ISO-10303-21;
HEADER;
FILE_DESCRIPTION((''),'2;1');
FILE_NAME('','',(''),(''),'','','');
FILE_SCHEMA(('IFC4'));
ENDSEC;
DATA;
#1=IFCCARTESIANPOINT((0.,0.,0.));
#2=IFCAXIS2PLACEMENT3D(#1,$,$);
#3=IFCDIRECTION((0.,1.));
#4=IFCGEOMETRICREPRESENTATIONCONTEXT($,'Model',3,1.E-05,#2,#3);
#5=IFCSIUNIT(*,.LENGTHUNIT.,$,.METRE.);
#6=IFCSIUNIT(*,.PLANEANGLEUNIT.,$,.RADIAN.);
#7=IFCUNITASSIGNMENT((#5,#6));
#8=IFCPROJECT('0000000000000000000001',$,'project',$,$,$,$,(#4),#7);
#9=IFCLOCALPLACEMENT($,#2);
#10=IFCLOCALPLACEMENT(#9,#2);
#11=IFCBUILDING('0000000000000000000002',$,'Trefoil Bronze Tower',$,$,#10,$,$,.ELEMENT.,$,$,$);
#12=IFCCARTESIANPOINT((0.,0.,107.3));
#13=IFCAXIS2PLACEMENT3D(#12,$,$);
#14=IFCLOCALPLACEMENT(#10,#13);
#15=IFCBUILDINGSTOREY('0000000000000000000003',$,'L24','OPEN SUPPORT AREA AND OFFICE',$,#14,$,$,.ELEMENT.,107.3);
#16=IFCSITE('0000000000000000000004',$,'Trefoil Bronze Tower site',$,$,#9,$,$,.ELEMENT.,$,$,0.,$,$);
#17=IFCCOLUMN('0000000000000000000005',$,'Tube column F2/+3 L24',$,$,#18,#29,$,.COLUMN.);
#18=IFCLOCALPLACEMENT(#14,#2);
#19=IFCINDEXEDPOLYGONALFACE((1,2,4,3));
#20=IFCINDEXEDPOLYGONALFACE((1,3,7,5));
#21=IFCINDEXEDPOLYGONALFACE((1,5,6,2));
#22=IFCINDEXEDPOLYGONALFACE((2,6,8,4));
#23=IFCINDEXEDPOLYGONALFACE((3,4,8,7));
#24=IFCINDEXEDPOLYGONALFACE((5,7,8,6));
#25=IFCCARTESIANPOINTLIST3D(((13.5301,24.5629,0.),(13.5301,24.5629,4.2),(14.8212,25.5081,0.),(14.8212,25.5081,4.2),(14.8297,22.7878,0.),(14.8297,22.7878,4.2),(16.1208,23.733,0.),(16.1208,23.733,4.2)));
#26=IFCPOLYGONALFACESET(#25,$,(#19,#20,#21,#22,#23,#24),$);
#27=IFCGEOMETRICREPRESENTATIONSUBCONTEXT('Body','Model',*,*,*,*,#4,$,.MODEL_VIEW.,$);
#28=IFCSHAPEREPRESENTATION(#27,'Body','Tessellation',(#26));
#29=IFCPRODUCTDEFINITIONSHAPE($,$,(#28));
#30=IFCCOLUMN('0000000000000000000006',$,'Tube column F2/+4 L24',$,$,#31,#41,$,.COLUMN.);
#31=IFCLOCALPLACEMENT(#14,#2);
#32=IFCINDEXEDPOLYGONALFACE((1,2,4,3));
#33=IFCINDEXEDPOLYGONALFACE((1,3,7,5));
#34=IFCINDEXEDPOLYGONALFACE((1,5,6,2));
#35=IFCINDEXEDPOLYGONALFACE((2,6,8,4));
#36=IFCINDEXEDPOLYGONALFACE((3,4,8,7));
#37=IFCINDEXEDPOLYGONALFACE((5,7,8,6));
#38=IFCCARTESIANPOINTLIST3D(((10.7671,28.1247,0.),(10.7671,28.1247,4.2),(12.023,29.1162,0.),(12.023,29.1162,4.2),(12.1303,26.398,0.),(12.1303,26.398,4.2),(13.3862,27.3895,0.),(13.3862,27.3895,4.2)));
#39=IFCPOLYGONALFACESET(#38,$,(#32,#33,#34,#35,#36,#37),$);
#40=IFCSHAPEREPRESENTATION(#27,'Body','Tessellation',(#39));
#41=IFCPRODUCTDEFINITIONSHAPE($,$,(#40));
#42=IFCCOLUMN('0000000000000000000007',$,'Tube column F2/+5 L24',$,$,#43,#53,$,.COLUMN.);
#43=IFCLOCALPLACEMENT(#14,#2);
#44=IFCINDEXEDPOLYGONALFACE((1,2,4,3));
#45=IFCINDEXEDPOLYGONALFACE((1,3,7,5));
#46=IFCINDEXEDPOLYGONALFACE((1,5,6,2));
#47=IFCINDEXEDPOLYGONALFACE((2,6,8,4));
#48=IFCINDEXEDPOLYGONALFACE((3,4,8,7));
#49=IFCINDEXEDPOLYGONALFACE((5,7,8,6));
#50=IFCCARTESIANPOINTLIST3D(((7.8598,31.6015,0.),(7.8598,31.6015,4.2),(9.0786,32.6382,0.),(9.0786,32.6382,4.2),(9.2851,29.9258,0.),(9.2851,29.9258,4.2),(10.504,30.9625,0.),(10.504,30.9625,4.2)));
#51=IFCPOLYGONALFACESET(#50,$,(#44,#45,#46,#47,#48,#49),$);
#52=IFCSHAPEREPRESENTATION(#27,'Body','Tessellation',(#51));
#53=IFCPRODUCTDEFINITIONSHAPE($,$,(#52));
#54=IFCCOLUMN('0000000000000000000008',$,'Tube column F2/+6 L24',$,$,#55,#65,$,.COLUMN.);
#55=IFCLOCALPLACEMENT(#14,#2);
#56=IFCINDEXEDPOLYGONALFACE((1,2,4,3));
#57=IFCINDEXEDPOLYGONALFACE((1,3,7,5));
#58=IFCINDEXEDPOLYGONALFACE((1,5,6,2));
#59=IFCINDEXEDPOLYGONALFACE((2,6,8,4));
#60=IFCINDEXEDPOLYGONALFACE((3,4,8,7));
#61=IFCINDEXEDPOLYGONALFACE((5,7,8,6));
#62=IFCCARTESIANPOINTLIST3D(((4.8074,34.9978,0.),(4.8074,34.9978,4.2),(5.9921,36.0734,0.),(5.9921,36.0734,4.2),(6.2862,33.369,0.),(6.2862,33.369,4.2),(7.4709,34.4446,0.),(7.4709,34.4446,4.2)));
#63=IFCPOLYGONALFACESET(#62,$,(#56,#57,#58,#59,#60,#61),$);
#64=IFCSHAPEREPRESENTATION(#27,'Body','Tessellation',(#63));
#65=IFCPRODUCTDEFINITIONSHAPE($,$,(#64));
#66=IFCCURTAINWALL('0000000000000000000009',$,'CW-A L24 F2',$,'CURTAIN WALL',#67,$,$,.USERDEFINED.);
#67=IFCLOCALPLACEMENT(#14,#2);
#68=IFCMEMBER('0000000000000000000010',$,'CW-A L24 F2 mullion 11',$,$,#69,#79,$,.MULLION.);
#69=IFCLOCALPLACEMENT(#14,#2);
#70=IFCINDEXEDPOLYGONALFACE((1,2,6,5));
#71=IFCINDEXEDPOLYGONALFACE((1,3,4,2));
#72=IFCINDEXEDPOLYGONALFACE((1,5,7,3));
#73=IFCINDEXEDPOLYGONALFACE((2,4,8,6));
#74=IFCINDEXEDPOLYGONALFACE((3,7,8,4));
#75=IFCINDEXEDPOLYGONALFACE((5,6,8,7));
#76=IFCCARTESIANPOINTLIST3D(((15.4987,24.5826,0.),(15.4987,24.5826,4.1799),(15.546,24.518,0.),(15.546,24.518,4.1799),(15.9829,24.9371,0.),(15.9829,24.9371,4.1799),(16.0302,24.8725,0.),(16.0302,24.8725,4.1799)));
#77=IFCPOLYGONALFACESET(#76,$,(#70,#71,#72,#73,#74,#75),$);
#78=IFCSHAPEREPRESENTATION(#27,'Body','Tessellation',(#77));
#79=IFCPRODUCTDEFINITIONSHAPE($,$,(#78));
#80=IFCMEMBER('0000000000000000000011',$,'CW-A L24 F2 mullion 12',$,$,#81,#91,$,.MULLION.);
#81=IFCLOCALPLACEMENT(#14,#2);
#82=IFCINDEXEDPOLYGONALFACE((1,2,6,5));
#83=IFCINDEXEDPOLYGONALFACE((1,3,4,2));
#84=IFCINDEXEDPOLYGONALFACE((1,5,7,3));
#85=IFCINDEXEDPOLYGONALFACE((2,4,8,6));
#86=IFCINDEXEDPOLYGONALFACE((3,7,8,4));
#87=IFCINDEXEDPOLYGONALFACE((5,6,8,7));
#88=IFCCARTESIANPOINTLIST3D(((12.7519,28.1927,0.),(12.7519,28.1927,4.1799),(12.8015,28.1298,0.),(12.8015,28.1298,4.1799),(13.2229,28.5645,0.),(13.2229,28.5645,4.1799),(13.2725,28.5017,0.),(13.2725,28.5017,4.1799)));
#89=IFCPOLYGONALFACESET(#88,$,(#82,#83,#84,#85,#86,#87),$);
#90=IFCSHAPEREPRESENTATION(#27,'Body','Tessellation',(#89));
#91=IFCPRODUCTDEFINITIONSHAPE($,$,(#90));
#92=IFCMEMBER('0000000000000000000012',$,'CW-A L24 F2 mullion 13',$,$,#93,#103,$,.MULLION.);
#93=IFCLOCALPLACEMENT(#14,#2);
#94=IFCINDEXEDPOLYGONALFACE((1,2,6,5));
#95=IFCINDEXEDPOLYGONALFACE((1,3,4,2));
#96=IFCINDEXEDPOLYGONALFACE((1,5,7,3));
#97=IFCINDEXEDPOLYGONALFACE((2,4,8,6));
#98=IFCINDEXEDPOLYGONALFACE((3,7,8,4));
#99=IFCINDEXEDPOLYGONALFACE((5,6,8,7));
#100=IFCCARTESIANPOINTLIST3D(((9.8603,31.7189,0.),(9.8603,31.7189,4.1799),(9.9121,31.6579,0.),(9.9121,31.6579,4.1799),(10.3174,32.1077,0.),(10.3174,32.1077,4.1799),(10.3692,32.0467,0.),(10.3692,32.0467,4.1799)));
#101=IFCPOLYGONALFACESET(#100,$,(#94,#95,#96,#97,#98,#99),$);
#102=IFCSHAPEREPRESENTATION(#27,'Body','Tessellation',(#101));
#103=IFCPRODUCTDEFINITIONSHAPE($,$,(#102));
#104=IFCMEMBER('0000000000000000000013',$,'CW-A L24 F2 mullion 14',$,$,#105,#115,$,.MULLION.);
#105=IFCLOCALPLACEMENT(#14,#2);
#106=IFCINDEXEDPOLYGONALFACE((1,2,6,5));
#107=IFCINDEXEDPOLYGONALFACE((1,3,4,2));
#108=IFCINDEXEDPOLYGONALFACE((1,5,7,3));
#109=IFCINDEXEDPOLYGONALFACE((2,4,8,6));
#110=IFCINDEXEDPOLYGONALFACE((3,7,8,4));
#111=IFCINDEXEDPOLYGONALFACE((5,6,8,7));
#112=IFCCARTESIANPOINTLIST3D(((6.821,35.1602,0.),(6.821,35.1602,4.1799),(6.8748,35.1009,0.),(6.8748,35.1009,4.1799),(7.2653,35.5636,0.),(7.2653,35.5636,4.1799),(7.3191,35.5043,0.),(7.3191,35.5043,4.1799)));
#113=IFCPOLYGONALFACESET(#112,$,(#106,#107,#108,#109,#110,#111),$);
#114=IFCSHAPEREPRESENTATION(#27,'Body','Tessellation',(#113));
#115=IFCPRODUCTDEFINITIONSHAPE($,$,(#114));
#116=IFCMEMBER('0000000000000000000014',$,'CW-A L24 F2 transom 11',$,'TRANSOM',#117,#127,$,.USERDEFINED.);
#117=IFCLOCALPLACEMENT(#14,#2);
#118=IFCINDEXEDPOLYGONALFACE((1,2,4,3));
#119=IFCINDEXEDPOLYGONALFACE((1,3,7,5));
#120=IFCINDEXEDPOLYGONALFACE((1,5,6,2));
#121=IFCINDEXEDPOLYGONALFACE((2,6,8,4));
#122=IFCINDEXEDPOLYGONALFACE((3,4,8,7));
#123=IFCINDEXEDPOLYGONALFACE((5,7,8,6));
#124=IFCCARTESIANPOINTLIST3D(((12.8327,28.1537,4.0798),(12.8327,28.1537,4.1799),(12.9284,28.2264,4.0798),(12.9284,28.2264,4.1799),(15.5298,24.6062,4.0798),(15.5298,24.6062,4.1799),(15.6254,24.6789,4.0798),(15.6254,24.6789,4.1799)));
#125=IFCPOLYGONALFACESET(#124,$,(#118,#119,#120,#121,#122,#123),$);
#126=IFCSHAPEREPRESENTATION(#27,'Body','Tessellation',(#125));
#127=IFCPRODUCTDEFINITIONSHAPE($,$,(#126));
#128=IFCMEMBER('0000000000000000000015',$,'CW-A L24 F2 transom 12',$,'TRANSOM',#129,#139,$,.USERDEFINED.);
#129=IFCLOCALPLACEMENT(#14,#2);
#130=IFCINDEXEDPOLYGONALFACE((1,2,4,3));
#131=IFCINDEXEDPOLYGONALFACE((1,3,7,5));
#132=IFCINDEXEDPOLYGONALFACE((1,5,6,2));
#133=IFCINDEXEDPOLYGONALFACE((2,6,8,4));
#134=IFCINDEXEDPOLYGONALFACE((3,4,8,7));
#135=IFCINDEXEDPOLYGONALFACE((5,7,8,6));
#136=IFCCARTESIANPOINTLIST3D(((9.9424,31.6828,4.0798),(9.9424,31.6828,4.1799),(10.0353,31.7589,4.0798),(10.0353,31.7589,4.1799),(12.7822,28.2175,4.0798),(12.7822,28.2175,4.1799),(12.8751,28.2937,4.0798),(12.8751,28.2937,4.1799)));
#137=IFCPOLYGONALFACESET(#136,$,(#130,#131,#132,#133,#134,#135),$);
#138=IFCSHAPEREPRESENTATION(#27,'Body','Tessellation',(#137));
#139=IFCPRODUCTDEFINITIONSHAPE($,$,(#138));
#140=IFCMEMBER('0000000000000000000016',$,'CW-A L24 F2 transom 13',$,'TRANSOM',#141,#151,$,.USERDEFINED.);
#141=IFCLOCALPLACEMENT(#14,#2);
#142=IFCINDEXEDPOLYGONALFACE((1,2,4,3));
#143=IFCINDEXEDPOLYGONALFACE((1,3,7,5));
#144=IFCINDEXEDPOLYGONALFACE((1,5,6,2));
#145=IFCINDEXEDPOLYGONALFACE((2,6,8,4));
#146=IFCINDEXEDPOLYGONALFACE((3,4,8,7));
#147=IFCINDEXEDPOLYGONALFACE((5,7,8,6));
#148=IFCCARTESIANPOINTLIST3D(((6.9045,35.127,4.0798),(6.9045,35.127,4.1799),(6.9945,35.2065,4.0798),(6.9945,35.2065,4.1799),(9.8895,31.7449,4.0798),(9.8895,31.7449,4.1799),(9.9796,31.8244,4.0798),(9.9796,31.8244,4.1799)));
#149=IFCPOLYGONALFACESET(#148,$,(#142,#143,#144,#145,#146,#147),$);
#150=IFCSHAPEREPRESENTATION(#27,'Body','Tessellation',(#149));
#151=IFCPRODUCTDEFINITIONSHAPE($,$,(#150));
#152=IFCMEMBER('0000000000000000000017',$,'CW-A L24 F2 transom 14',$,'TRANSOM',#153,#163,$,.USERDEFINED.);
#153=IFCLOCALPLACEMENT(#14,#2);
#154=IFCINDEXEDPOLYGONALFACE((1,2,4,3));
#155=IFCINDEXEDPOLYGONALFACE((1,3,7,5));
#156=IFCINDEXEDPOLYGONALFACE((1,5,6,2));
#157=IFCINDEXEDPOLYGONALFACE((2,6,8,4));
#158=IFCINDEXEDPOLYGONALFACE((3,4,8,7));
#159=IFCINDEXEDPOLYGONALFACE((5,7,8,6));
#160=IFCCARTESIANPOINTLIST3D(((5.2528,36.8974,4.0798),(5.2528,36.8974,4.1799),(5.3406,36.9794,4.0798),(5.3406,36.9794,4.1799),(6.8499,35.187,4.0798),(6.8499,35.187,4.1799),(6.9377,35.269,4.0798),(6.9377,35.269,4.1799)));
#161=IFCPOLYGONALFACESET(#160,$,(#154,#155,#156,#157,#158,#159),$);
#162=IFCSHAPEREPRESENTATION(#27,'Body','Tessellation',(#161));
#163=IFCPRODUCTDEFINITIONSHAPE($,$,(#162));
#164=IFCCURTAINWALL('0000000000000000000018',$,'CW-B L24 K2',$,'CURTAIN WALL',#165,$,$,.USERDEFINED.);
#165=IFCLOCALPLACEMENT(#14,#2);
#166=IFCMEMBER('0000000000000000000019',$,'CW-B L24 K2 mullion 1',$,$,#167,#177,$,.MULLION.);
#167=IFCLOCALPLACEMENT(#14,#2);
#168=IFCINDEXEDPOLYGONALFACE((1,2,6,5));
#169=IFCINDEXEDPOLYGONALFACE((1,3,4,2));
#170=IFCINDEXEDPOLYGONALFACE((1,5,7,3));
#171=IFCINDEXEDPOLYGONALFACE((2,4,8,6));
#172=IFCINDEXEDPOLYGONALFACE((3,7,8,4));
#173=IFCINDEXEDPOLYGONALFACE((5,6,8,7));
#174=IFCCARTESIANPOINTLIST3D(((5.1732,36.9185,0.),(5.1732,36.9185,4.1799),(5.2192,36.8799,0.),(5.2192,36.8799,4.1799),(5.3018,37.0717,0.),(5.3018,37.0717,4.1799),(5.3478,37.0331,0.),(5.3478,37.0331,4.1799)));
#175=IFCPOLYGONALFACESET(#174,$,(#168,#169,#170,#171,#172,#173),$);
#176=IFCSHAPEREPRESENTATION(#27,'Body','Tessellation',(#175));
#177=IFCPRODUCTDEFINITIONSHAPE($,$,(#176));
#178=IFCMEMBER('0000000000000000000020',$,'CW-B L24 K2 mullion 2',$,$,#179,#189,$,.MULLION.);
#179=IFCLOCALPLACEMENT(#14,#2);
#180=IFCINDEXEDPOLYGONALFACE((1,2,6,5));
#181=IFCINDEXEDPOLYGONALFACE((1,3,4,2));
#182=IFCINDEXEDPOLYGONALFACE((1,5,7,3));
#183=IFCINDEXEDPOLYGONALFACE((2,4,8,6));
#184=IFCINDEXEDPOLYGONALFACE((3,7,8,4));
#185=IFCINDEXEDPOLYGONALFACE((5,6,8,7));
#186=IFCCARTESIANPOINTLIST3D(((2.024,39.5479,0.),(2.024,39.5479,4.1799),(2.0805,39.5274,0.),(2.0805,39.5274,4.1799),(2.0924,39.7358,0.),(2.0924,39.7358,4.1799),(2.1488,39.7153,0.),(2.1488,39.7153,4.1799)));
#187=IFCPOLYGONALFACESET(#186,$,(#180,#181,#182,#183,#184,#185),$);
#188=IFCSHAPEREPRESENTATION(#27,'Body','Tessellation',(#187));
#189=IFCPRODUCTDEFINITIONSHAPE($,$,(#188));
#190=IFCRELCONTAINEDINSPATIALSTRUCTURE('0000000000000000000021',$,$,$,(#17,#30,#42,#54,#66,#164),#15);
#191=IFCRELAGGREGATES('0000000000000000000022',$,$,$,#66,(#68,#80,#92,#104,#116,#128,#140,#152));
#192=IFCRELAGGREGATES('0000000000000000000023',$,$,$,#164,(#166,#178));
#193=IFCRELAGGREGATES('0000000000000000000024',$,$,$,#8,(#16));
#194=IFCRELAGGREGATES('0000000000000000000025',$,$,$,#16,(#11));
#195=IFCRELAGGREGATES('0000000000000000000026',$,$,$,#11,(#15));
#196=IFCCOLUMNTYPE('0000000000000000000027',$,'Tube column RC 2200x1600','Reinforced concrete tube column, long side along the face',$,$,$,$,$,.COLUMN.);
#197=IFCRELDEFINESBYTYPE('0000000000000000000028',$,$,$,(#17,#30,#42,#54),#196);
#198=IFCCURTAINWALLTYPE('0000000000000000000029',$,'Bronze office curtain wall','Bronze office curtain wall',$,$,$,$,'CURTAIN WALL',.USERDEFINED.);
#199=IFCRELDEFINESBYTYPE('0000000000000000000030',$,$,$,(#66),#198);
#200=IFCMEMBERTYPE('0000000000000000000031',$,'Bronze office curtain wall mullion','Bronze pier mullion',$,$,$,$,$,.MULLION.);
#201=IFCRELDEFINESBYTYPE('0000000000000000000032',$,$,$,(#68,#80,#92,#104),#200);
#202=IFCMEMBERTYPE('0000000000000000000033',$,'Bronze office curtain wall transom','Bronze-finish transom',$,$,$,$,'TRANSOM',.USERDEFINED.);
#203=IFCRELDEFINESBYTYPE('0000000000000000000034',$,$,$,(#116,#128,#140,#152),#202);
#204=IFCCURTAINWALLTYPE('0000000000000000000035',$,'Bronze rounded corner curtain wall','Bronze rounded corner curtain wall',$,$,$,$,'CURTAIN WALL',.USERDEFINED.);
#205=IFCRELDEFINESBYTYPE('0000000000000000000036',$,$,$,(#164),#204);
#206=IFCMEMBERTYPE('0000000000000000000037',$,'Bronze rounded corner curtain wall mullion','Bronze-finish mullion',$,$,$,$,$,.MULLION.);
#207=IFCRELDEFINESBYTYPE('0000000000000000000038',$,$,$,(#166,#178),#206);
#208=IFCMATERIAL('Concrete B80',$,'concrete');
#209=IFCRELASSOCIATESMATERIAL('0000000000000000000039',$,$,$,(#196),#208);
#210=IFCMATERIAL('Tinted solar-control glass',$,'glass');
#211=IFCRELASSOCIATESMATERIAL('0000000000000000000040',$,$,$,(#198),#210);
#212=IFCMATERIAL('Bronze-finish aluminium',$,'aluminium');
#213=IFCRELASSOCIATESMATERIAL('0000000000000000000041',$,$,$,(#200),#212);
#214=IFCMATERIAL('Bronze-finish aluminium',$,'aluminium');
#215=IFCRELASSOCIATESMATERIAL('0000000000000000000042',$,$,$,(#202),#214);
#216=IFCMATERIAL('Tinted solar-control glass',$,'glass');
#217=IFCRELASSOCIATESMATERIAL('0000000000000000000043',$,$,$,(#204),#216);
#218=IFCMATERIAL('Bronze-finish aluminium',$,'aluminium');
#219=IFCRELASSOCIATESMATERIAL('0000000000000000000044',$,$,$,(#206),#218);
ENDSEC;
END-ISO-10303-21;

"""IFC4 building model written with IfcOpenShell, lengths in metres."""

from ifc_helpers import new_model, si_unit, direction, frame, origin, origin_2d, place, context, subcontext, project, spatial, rectangle, extrude, material, material_profile, profile_set, type_object, element, aggregate, save


model = new_model("IFC4")

# Units and contexts
model_context = context("Model", 3, precision=1e-05, world=origin(), true_north=direction((0.0, 1.0)))
body_context = subcontext(model_context, "Body", "Model", "MODEL_VIEW")
ifc_project = project(units=[si_unit("LENGTHUNIT", "METRE"), si_unit("PLANEANGLEUNIT", "RADIAN")], contexts=[model_context])

# Site, building, storey
site_placement = place(None, origin())
site = spatial("IfcSite", under=ifc_project, at=site_placement, Name="Trefoil Bronze Tower site", CompositionType="ELEMENT", RefElevation=0.0)
building_placement = place(site_placement, origin())
building = spatial("IfcBuilding", under=site, at=building_placement, Name="Trefoil Bronze Tower", CompositionType="ELEMENT")
storey_placement = place(building_placement, frame((0.0, 0.0, 107.3)))
storey = spatial("IfcBuildingStorey", under=building, at=storey_placement, Name="L24", Description="OPEN SUPPORT AREA AND OFFICE", CompositionType="ELEMENT", Elevation=107.3)

# Columns
ifc_material_1 = material(Name="Concrete B80", Category="concrete")
ifc_material_profile_1 = material_profile(ifc_material_1, rectangle(XDim=2.2, YDim=1.6001, at=origin_2d()), Name="RC 2200x1600")
ifc_profile_set_1 = profile_set([ifc_material_profile_1], Name="Concrete B80")
column_type = type_object("IfcColumnType", Name="Tube column RC 2200x1600", Description="Reinforced concrete tube column, long side along the face", PredefinedType="COLUMN", material=ifc_profile_set_1)
for number, where, z_axis, x_axis, name in (
    (1, (14.8254, 24.1479, 0.0), (0.0, 0.0, 1.0), (-0.590723, 0.806875, 0.0), "Tube column F2/+3 L24"),
    (2, (12.0767, 27.7571, 0.0), (0.0, 0.0, 1.0), (-0.619649, 0.784879, 0.0), "Tube column F2/+4 L24"),
    (3, (9.1819, 31.282, 0.0), (0.0, 0.0, 1.0), (-0.647904, 0.761722, 0.0), "Tube column F2/+5 L24"),
    (4, (6.1392, 34.7212, 0.0), (0.0, 0.0, 1.0), (-0.67221, 0.740361, 0.0), "Tube column F2/+6 L24"),
):
    element("IfcColumn", number, at=place(storey_placement, frame(where, z_axis=z_axis, x_axis=x_axis)), inside=storey, type_object=column_type, Name=name, PredefinedType="COLUMN", context=body_context, shape_type="SweptSolid", body=[
        extrude(rectangle(XDim=2.2, YDim=1.6001, at=origin_2d()), origin(), (0.0, 0.0, 1.0), 4.2),
    ])

# Curtain walls, members
ifc_material_2 = material(Name="Tinted solar-control glass", Category="glass")
curtain_wall_type_1 = type_object("IfcCurtainWallType", Name="Bronze office curtain wall", Description="Bronze office curtain wall", ElementType="CURTAIN WALL", PredefinedType="USERDEFINED", material=ifc_material_2)
curtain_wall_1_placement = place(storey_placement, origin())
curtain_wall_1 = element("IfcCurtainWall", 5, at=curtain_wall_1_placement, inside=storey, type_object=curtain_wall_type_1, Name="CW-A L24 F2", ObjectType="CURTAIN WALL", PredefinedType="USERDEFINED")
ifc_material_3 = material(Name="Bronze-finish aluminium", Category="aluminium")
ifc_material_profile_2 = material_profile(ifc_material_3, rectangle(XDim=0.6001, YDim=0.0801, at=origin_2d()), Name="CW-A mullion")
ifc_profile_set_2 = profile_set([ifc_material_profile_2], Name="Bronze-finish aluminium")
member_type_1 = type_object("IfcMemberType", Name="Bronze office curtain wall mullion", Description="Bronze pier mullion", PredefinedType="MULLION", material=ifc_profile_set_2)
member_1_placement = place(storey_placement, frame((15.7644, 24.7275, 0.0), z_axis=(0.0, 0.0, 1.0), x_axis=(-0.806875, -0.590723, 0.0)))
member_1 = element("IfcMember", 6, at=member_1_placement, type_object=member_type_1, Name="CW-A L24 F2 mullion 11", PredefinedType="MULLION", context=body_context, shape_type="SweptSolid", body=[
    extrude(rectangle(XDim=0.6001, YDim=0.0801, at=origin_2d()), origin(), (0.0, 0.0, 1.0), 4.1799),
])
member_2_placement = place(storey_placement, frame((13.0122, 28.3472, 0.0), z_axis=(0.0, 0.0, 1.0), x_axis=(-0.784879, -0.619649, 0.0)))
member_2 = element("IfcMember", 7, at=member_2_placement, type_object=member_type_1, Name="CW-A L24 F2 mullion 12", PredefinedType="MULLION", context=body_context, shape_type="SweptSolid", body=[
    extrude(rectangle(XDim=0.6001, YDim=0.0801, at=origin_2d()), origin(), (0.0, 0.0, 1.0), 4.1799),
])
member_3_placement = place(storey_placement, frame((10.1147, 31.8828, 0.0), z_axis=(0.0, 0.0, 1.0), x_axis=(-0.761722, -0.647904, 0.0)))
member_3 = element("IfcMember", 8, at=member_3_placement, type_object=member_type_1, Name="CW-A L24 F2 mullion 13", PredefinedType="MULLION", context=body_context, shape_type="SweptSolid", body=[
    extrude(rectangle(XDim=0.6001, YDim=0.0801, at=origin_2d()), origin(), (0.0, 0.0, 1.0), 4.1799),
])
member_4_placement = place(storey_placement, frame((7.0701, 35.3323, 0.0), z_axis=(0.0, 0.0, 1.0), x_axis=(-0.740361, -0.67221, 0.0)))
member_4 = element("IfcMember", 9, at=member_4_placement, type_object=member_type_1, Name="CW-A L24 F2 mullion 14", PredefinedType="MULLION", context=body_context, shape_type="SweptSolid", body=[
    extrude(rectangle(XDim=0.6001, YDim=0.0801, at=origin_2d()), origin(), (0.0, 0.0, 1.0), 4.1799),
])
ifc_material_4 = material(Name="Bronze-finish aluminium", Category="aluminium")
ifc_material_profile_3 = material_profile(ifc_material_4, rectangle(XDim=0.1201, YDim=0.1001, at=origin_2d()), Name="CW-A transom")
ifc_profile_set_3 = profile_set([ifc_material_profile_3], Name="Bronze-finish aluminium")
member_type_2 = type_object("IfcMemberType", Name="Bronze office curtain wall transom", Description="Bronze-finish transom", ElementType="TRANSOM", PredefinedType="USERDEFINED", material=ifc_profile_set_3)
member_5_placement = place(storey_placement, frame((15.5776, 24.6426, 4.1299), z_axis=(-0.605229, 0.796051, 0.0), x_axis=(-0.796051, -0.605229, 0.0)))
member_5 = element("IfcMember", 10, at=member_5_placement, type_object=member_type_2, Name="CW-A L24 F2 transom 11", ObjectType="TRANSOM", PredefinedType="USERDEFINED", context=body_context, shape_type="SweptSolid", body=[
    extrude(rectangle(XDim=0.1201, YDim=0.1001, at=origin_2d()), origin(), (0.0, 0.0, 1.0), 4.4563),
])
member_6_placement = place(storey_placement, frame((12.8286, 28.2556, 4.1299), z_axis=(-0.633849, 0.773457, 0.0), x_axis=(-0.773457, -0.633849, 0.0)))
member_6 = element("IfcMember", 11, at=member_6_placement, type_object=member_type_2, Name="CW-A L24 F2 transom 12", ObjectType="TRANSOM", PredefinedType="USERDEFINED", context=body_context, shape_type="SweptSolid", body=[
    extrude(rectangle(XDim=0.1201, YDim=0.1001, at=origin_2d()), origin(), (0.0, 0.0, 1.0), 4.4802),
])
member_7_placement = place(storey_placement, frame((9.9346, 31.7847, 4.1299), z_axis=(-0.661736, 0.749737, 0.0), x_axis=(-0.749737, -0.661736, 0.0)))
member_7 = element("IfcMember", 12, at=member_7_placement, type_object=member_type_2, Name="CW-A L24 F2 transom 13", ObjectType="TRANSOM", PredefinedType="USERDEFINED", context=body_context, shape_type="SweptSolid", body=[
    extrude(rectangle(XDim=0.1201, YDim=0.1001, at=origin_2d()), origin(), (0.0, 0.0, 1.0), 4.511),
])
member_8_placement = place(storey_placement, frame((6.8938, 35.228, 4.1299), z_axis=(-0.682489, 0.730896, 0.0), x_axis=(-0.730896, -0.682489, 0.0)))
member_8 = element("IfcMember", 13, at=member_8_placement, type_object=member_type_2, Name="CW-A L24 F2 transom 14", ObjectType="TRANSOM", PredefinedType="USERDEFINED", context=body_context, shape_type="SweptSolid", body=[
    extrude(rectangle(XDim=0.1201, YDim=0.1001, at=origin_2d()), origin(), (0.0, 0.0, 1.0), 2.3401),
])
ifc_material_5 = material(Name="Tinted solar-control glass", Category="glass")
curtain_wall_type_2 = type_object("IfcCurtainWallType", Name="Bronze rounded corner curtain wall", Description="Bronze rounded corner curtain wall", ElementType="CURTAIN WALL", PredefinedType="USERDEFINED", material=ifc_material_5)
curtain_wall_2_placement = place(storey_placement, origin())
curtain_wall_2 = element("IfcCurtainWall", 14, at=curtain_wall_2_placement, inside=storey, type_object=curtain_wall_type_2, Name="CW-B L24 K2", ObjectType="CURTAIN WALL", PredefinedType="USERDEFINED")
ifc_material_6 = material(Name="Bronze-finish aluminium", Category="aluminium")
ifc_material_profile_4 = material_profile(ifc_material_6, rectangle(XDim=0.2, YDim=0.0601, at=origin_2d()), Name="CW-B mullion")
ifc_profile_set_4 = profile_set([ifc_material_profile_4], Name="Bronze-finish aluminium")
member_type_3 = type_object("IfcMemberType", Name="Bronze rounded corner curtain wall mullion", Description="Bronze-finish mullion", PredefinedType="MULLION", material=ifc_profile_set_4)
member_9_placement = place(storey_placement, frame((5.2605, 36.9758, 0.0), z_axis=(0.0, 0.0, 1.0), x_axis=(-0.642788, -0.766044, 0.0)))
member_9 = element("IfcMember", 15, at=member_9_placement, type_object=member_type_3, Name="CW-B L24 K2 mullion 1", PredefinedType="MULLION", context=body_context, shape_type="SweptSolid", body=[
    extrude(rectangle(XDim=0.2, YDim=0.0601, at=origin_2d()), origin(), (0.0, 0.0, 1.0), 4.1799),
])
member_10_placement = place(storey_placement, frame((2.0864, 39.6316, 0.0), z_axis=(0.0, 0.0, 1.0), x_axis=(-0.34202, -0.939693, 0.0)))
member_10 = element("IfcMember", 16, at=member_10_placement, type_object=member_type_3, Name="CW-B L24 K2 mullion 2", PredefinedType="MULLION", context=body_context, shape_type="SweptSolid", body=[
    extrude(rectangle(XDim=0.2, YDim=0.0601, at=origin_2d()), origin(), (0.0, 0.0, 1.0), 4.1799),
])

aggregate(curtain_wall_1, [member_1, member_2, member_3, member_4, member_5, member_6, member_7, member_8])
aggregate(curtain_wall_2, [member_9, member_10])

save(model, "model.ifc")
